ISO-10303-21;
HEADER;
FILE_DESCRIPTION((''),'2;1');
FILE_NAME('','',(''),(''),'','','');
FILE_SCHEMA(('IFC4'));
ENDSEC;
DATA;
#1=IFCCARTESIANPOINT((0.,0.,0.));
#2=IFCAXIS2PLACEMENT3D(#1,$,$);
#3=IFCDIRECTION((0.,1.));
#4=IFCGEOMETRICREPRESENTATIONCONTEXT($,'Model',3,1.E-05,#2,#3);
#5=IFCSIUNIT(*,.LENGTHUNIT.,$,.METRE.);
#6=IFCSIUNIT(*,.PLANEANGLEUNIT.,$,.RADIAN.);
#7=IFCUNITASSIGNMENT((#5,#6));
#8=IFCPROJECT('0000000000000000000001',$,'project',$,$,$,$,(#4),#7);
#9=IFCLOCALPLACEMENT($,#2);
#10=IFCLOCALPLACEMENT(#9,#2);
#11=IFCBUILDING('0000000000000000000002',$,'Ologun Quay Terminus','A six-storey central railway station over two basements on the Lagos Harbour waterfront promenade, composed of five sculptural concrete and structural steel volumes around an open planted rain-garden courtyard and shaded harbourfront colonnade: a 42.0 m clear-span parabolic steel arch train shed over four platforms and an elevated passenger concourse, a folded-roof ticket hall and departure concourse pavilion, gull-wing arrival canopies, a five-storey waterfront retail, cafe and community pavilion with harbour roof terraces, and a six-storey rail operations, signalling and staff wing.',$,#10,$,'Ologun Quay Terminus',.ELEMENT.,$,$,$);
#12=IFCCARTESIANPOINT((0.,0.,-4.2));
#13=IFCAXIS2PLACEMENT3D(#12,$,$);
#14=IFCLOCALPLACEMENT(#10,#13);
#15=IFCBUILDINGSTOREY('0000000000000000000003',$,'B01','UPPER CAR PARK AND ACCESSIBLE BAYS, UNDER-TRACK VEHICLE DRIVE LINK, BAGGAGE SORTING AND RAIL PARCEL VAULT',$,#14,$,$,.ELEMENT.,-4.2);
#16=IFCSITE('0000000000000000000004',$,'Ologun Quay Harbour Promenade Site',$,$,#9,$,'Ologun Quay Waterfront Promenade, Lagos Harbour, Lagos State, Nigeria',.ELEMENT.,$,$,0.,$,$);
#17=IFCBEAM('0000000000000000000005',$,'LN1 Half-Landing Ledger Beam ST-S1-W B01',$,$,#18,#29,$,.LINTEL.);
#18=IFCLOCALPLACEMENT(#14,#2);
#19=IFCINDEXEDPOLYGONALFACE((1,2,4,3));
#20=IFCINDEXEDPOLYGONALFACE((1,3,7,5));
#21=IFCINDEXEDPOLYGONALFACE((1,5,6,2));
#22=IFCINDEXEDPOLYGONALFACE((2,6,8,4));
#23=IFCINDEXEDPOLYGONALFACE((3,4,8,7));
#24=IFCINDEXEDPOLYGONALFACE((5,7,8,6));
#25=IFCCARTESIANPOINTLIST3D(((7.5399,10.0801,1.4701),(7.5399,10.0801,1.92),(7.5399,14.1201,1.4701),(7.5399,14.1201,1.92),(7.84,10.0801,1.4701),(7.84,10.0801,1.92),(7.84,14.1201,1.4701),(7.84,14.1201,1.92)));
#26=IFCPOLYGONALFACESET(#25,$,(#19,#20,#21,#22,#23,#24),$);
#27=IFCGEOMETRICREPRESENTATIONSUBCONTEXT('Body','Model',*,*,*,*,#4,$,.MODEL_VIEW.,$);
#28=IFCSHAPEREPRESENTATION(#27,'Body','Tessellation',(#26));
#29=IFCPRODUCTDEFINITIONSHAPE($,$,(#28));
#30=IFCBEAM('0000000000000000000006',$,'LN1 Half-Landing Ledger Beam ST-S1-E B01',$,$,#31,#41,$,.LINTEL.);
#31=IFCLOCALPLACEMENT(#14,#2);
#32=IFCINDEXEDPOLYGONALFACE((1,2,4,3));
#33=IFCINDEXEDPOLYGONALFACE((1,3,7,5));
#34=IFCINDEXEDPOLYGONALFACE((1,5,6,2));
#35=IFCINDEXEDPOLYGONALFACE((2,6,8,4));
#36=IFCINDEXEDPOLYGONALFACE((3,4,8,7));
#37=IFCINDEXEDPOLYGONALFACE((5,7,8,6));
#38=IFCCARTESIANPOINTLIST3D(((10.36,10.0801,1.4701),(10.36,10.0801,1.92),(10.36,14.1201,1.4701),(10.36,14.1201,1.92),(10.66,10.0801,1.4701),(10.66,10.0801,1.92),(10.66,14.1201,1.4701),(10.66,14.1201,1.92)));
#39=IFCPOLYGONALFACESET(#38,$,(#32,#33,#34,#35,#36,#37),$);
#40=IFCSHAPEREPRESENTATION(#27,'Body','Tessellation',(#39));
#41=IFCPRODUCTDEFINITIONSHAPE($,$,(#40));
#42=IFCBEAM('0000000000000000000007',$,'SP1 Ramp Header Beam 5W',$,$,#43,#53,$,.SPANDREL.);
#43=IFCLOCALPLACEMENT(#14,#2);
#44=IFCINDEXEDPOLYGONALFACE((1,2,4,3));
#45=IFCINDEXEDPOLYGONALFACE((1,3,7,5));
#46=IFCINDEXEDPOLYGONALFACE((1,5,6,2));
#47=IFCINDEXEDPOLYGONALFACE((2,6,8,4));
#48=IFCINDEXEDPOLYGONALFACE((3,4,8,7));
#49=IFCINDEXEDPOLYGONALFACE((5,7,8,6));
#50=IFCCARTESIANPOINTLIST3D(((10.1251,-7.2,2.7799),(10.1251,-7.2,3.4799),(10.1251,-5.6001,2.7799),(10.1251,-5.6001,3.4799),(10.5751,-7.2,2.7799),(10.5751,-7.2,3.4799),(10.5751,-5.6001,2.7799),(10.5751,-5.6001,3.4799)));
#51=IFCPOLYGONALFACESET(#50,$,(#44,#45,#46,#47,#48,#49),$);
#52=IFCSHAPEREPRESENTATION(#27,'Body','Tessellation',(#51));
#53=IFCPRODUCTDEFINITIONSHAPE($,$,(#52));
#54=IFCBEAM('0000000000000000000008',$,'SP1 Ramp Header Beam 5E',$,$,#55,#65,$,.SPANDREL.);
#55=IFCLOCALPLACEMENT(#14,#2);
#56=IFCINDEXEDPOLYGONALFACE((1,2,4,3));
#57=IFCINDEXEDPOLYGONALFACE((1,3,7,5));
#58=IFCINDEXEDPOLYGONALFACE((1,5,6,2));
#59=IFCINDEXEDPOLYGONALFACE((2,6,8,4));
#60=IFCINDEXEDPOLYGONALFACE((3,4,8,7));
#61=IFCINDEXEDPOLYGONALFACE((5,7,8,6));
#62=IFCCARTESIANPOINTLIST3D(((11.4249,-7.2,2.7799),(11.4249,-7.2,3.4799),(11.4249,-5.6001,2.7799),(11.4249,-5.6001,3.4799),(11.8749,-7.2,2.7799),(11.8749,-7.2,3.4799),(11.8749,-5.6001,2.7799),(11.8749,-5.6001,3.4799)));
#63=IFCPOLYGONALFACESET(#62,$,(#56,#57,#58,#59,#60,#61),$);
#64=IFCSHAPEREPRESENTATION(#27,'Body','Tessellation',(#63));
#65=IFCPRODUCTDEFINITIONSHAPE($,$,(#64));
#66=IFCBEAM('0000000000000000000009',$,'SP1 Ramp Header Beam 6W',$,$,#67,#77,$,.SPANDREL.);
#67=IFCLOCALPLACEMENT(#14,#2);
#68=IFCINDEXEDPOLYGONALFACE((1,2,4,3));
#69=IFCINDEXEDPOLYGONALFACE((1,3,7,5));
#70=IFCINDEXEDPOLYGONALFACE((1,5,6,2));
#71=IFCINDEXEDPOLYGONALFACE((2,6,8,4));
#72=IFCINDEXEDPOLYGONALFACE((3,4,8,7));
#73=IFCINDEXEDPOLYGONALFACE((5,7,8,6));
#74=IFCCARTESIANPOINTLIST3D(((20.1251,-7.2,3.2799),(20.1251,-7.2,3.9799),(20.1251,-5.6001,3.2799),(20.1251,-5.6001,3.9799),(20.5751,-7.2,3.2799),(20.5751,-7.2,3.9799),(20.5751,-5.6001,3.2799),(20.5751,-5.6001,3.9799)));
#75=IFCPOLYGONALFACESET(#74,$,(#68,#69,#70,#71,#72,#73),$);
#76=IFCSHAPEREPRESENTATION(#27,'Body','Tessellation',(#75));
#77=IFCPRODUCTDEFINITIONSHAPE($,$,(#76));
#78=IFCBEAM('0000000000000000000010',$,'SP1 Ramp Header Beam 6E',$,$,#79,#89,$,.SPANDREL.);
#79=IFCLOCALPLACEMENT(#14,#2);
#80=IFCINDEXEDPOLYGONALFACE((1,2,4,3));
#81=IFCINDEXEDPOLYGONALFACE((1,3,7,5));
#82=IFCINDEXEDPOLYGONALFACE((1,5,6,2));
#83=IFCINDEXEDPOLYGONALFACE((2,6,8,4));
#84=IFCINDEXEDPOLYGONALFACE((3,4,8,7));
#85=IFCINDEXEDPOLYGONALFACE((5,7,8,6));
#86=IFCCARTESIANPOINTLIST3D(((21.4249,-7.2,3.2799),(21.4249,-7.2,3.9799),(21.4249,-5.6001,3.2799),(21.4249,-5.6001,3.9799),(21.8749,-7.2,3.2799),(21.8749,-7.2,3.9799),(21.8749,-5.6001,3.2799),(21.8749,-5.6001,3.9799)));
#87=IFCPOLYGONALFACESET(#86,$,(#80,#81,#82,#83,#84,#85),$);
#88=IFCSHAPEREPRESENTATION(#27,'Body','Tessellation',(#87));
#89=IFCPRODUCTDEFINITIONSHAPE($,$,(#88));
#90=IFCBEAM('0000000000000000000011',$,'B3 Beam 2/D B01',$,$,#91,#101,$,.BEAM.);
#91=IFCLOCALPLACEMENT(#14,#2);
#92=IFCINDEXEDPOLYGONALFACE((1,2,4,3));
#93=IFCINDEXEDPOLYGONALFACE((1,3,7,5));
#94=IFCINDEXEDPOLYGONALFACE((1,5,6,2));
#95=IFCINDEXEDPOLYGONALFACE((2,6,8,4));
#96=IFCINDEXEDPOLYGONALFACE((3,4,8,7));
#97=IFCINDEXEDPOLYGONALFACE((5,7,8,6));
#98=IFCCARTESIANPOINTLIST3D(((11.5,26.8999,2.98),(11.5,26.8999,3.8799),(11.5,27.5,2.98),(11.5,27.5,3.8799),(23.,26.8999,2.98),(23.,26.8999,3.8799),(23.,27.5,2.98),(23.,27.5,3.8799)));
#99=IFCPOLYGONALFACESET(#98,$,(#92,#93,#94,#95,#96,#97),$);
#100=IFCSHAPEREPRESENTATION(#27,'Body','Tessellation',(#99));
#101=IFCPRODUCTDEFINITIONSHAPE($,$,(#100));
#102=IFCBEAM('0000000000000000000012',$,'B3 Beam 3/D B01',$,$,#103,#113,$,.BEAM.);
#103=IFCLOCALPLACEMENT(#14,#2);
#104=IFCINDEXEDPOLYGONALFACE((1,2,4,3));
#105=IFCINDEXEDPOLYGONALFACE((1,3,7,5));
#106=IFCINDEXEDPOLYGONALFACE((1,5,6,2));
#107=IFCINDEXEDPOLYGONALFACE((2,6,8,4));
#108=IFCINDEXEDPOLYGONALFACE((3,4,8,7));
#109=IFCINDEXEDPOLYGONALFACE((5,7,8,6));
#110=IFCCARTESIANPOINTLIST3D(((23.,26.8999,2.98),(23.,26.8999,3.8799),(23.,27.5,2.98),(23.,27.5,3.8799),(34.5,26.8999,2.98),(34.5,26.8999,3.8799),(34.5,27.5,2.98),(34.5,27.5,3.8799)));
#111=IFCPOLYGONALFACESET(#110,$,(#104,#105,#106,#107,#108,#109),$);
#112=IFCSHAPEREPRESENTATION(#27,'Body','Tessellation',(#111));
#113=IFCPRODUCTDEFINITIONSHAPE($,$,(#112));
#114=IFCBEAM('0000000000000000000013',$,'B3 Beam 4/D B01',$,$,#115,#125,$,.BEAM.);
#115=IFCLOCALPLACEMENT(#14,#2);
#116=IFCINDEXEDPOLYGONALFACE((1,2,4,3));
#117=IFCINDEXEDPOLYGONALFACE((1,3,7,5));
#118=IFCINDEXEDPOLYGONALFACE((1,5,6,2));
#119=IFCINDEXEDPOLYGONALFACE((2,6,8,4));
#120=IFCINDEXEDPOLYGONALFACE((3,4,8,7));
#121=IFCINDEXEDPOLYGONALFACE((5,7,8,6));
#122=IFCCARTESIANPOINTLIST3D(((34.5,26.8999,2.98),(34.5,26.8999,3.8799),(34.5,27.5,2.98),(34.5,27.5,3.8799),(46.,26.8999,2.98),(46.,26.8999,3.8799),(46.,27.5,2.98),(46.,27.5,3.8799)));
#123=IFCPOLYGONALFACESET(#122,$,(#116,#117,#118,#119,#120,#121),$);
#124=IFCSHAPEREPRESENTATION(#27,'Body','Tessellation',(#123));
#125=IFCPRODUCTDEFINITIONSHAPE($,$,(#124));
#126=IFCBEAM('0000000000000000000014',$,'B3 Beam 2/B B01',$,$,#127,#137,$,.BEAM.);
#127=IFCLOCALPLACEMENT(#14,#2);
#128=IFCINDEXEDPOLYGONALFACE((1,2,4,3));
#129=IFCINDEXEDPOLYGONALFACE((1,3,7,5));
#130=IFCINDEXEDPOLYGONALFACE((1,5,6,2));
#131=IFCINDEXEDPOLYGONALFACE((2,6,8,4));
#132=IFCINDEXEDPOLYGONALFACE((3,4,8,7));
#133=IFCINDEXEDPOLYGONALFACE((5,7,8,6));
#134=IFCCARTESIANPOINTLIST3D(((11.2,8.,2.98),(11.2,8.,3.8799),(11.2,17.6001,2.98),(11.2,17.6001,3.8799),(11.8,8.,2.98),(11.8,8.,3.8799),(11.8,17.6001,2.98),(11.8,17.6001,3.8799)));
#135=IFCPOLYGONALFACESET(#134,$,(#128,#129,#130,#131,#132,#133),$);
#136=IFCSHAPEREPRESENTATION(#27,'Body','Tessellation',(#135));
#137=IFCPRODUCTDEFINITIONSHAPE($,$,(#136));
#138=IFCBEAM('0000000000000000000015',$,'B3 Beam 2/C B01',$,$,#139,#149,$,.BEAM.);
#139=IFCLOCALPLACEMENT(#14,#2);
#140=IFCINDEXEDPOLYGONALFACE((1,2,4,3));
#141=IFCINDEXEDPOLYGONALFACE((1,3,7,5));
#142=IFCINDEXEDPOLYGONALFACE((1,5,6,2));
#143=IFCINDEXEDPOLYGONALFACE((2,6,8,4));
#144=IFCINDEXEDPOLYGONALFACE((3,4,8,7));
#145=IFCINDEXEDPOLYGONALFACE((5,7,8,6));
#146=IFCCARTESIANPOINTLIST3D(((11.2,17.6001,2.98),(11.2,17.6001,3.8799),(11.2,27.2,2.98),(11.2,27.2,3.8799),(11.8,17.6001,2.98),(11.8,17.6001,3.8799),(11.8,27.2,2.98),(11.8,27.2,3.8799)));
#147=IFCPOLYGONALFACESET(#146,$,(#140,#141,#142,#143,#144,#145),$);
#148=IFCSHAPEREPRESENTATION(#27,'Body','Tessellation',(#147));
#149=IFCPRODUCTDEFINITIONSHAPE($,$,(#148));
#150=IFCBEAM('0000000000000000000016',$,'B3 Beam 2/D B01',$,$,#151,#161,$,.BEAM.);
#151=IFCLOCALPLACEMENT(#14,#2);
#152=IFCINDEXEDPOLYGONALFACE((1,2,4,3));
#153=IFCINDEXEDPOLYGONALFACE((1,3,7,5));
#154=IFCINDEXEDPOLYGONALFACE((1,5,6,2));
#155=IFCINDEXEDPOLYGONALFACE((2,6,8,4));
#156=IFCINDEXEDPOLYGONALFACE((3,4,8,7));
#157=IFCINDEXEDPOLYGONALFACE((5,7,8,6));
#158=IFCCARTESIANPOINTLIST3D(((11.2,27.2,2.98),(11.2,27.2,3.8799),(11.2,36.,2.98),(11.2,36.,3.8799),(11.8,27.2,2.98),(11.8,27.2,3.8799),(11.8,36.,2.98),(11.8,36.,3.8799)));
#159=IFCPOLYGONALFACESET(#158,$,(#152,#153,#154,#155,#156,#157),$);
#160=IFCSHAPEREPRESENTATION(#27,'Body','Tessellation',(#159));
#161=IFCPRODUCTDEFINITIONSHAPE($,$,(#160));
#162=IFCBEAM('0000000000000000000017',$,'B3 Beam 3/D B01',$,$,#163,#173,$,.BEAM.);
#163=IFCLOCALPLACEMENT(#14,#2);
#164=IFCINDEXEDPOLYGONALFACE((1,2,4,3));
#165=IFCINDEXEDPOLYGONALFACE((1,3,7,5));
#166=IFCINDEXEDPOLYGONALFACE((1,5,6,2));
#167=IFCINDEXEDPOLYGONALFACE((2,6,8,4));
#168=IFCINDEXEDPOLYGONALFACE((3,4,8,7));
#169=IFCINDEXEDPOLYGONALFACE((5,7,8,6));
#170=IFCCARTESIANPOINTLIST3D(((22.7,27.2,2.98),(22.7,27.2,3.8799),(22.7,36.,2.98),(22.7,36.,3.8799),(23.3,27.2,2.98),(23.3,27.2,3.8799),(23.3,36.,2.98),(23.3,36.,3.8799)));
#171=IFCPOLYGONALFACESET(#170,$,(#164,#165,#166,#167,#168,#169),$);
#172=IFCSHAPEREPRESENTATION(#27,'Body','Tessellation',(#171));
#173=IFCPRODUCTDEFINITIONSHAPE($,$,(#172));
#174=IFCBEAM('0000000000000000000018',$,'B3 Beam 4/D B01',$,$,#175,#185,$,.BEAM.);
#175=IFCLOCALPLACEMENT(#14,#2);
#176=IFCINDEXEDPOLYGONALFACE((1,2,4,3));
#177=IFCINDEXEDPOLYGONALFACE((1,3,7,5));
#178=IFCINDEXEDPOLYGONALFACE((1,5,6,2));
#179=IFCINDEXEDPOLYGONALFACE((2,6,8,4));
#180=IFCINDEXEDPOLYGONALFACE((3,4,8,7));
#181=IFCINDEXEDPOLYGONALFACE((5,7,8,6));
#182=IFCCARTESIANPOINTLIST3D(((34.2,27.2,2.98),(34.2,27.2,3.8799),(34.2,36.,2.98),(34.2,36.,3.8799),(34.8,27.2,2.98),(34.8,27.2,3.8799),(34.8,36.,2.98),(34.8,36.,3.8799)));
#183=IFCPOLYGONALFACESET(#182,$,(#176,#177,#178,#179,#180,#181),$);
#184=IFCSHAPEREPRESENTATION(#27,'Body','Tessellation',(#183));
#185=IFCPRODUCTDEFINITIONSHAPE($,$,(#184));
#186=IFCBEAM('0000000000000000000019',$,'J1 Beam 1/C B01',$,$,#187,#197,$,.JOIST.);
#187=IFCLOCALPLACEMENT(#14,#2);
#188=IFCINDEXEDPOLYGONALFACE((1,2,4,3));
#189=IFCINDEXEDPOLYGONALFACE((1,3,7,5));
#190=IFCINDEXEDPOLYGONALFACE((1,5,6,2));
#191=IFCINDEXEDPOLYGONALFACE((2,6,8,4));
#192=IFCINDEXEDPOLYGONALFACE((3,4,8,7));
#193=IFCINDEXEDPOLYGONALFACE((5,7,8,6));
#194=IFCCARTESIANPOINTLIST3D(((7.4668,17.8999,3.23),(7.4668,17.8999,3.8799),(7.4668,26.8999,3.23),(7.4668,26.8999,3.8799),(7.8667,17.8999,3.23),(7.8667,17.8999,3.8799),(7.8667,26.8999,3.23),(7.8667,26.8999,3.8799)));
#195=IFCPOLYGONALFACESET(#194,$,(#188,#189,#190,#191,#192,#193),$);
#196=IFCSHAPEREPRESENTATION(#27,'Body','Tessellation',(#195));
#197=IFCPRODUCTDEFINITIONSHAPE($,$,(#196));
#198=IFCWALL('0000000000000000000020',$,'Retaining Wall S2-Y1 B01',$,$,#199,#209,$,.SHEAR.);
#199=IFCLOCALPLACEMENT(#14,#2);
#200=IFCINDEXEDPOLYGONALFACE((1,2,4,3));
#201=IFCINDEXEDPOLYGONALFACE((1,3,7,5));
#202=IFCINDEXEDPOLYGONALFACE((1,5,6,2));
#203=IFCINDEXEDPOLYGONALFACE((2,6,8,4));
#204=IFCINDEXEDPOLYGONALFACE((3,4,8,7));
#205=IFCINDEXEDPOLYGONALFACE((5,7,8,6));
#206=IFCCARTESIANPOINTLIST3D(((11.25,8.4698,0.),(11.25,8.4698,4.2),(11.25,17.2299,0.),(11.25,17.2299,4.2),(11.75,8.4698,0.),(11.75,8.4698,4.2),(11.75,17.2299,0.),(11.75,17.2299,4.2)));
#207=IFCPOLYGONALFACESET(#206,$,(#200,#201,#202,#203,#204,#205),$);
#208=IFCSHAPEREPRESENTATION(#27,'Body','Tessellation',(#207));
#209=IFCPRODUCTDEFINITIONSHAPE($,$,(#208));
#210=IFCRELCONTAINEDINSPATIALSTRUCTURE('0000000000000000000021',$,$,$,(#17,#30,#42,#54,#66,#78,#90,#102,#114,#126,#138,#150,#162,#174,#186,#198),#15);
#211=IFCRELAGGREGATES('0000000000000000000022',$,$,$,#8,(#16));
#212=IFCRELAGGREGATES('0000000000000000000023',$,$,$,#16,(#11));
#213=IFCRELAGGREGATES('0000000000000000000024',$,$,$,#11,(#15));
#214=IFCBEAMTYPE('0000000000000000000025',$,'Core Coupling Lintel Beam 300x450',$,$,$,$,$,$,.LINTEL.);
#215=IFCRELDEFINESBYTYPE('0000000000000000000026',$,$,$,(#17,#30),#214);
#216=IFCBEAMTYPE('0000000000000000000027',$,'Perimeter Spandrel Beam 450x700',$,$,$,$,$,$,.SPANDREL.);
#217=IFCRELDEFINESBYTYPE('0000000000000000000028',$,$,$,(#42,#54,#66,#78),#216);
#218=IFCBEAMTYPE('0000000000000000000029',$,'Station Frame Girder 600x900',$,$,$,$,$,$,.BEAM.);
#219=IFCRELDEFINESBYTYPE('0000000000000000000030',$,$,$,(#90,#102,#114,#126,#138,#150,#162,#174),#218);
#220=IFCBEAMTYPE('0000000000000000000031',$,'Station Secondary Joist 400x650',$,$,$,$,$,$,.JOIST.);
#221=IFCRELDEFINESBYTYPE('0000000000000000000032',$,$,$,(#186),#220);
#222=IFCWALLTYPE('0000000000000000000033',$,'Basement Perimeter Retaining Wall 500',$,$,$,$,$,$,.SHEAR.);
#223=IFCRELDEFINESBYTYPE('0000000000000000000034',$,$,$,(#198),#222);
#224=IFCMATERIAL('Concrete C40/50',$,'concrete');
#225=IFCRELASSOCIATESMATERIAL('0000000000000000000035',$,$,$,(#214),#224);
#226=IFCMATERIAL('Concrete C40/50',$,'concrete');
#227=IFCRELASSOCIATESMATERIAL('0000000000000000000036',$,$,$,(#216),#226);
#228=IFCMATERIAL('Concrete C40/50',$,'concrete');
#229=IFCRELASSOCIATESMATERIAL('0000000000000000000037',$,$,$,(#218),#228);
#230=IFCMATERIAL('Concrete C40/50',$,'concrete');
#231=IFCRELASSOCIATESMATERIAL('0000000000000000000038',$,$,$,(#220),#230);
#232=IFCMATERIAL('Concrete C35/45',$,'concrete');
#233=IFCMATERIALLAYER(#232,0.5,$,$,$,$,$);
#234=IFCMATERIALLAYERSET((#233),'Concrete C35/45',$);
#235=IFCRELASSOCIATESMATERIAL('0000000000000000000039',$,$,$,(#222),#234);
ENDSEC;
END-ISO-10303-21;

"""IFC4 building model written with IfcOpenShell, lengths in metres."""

from ifc_helpers import new_model, si_unit, direction, frame, frame_2d, origin, origin_2d, place, context, subcontext, project, spatial, rectangle, extrude, material, layer, layer_set, material_profile, profile_set, type_object, element, save


model = new_model("IFC4")

# Units and contexts
model_context = context("Model", 3, precision=1e-05, world=origin(), true_north=direction((0.0, 1.0)))
body_context = subcontext(model_context, "Body", "Model", "MODEL_VIEW")
ifc_project = project(units=[si_unit("LENGTHUNIT", "METRE"), si_unit("PLANEANGLEUNIT", "RADIAN")], contexts=[model_context])

# Site, building, storey
site_placement = place(None, origin())
site = spatial("IfcSite", under=ifc_project, at=site_placement, Name="Ologun Quay Harbour Promenade Site", LongName="Ologun Quay Waterfront Promenade, Lagos Harbour, Lagos State, Nigeria", CompositionType="ELEMENT", RefElevation=0.0)
building_placement = place(site_placement, origin())
building = spatial("IfcBuilding", under=site, at=building_placement, Name="Ologun Quay Terminus", Description="A six-storey central railway station over two basements on the Lagos Harbour waterfront promenade, composed of five sculptural concrete and structural steel volumes around an open planted rain-garden courtyard and shaded harbourfront colonnade: a 42.0 m clear-span parabolic steel arch train shed over four platforms and an elevated passenger concourse, a folded-roof ticket hall and departure concourse pavilion, gull-wing arrival canopies, a five-storey waterfront retail, cafe and community pavilion with harbour roof terraces, and a six-storey rail operations, signalling and staff wing.", LongName="Ologun Quay Terminus", CompositionType="ELEMENT")
storey_placement = place(building_placement, frame((0.0, 0.0, -4.2)))
storey = spatial("IfcBuildingStorey", under=building, at=storey_placement, Name="B01", Description="UPPER CAR PARK AND ACCESSIBLE BAYS, UNDER-TRACK VEHICLE DRIVE LINK, BAGGAGE SORTING AND RAIL PARCEL VAULT", CompositionType="ELEMENT", Elevation=-4.2)

# Beams
ifc_material_1 = material(Name="Concrete C40/50", Category="concrete")
ifc_material_profile_1 = material_profile(ifc_material_1, rectangle(XDim=0.3, YDim=0.45, at=origin_2d()), Name="RC 300x450")
ifc_profile_set_1 = profile_set([ifc_material_profile_1], Name="Concrete C40/50")
beam_type_1 = type_object("IfcBeamType", Name="Core Coupling Lintel Beam 300x450", PredefinedType="LINTEL", material=ifc_profile_set_1)
for number, where, z_axis, x_axis, name in (
    (1, (7.6899, 10.0801, 1.6951), (0.0, 1.0, 0.0), (-1.0, 0.0, 0.0), "LN1 Half-Landing Ledger Beam ST-S1-W B01"),
    (2, (10.51, 10.0801, 1.6951), (0.0, 1.0, 0.0), (-1.0, 0.0, 0.0), "LN1 Half-Landing Ledger Beam ST-S1-E B01"),
):
    element("IfcBeam", number, at=place(storey_placement, frame(where, z_axis=z_axis, x_axis=x_axis)), inside=storey, type_object=beam_type_1, Name=name, PredefinedType="LINTEL", context=body_context, shape_type="SweptSolid", body=[
        extrude(rectangle(XDim=0.3, YDim=0.45, at=origin_2d()), origin(), (0.0, 0.0, 1.0), 4.04),
    ])
ifc_material_2 = material(Name="Concrete C40/50", Category="concrete")
ifc_material_profile_2 = material_profile(ifc_material_2, rectangle(XDim=0.45, YDim=0.7, at=origin_2d()), Name="RC 450x700")
ifc_profile_set_2 = profile_set([ifc_material_profile_2], Name="Concrete C40/50")
beam_type_2 = type_object("IfcBeamType", Name="Perimeter Spandrel Beam 450x700", PredefinedType="SPANDREL", material=ifc_profile_set_2)
for number, where, z_axis, x_axis, name in (
    (3, (10.3501, -7.2, 3.1299), (0.0, 1.0, 0.0), (-1.0, 0.0, 0.0), "SP1 Ramp Header Beam 5W"),
    (4, (11.6499, -7.2, 3.1299), (0.0, 1.0, 0.0), (-1.0, 0.0, 0.0), "SP1 Ramp Header Beam 5E"),
    (5, (20.3501, -7.2, 3.6299), (0.0, 1.0, 0.0), (-1.0, 0.0, 0.0), "SP1 Ramp Header Beam 6W"),
    (6, (21.6499, -7.2, 3.6299), (0.0, 1.0, 0.0), (-1.0, 0.0, 0.0), "SP1 Ramp Header Beam 6E"),
):
    element("IfcBeam", number, at=place(storey_placement, frame(where, z_axis=z_axis, x_axis=x_axis)), inside=storey, type_object=beam_type_2, Name=name, PredefinedType="SPANDREL", context=body_context, shape_type="SweptSolid", body=[
        extrude(rectangle(XDim=0.45, YDim=0.7, at=origin_2d()), origin(), (0.0, 0.0, 1.0), 1.5999),
    ])
ifc_material_3 = material(Name="Concrete C40/50", Category="concrete")
ifc_material_profile_3 = material_profile(ifc_material_3, rectangle(XDim=0.6001, YDim=0.8999, at=origin_2d()), Name="RC 600x900")
ifc_profile_set_3 = profile_set([ifc_material_profile_3], Name="Concrete C40/50")
beam_type_3 = type_object("IfcBeamType", Name="Station Frame Girder 600x900", PredefinedType="BEAM", material=ifc_profile_set_3)
for number, where, z_axis, x_axis, name in (
    (7, (11.5, 27.2, 3.4299), (1.0, 0.0, 0.0), (0.0, 1.0, 0.0), "B3 Beam 2/D B01"),
    (8, (23.0, 27.2, 3.4299), (1.0, 0.0, 0.0), (0.0, 1.0, 0.0), "B3 Beam 3/D B01"),
    (9, (34.5, 27.2, 3.4299), (1.0, 0.0, 0.0), (0.0, 1.0, 0.0), "B3 Beam 4/D B01"),
):
    element("IfcBeam", number, at=place(storey_placement, frame(where, z_axis=z_axis, x_axis=x_axis)), inside=storey, type_object=beam_type_3, Name=name, PredefinedType="BEAM", context=body_context, shape_type="SweptSolid", body=[
        extrude(rectangle(XDim=0.6001, YDim=0.8999, at=origin_2d()), origin(), (0.0, 0.0, 1.0), 11.5),
    ])
beam_1_placement = place(storey_placement, frame((11.5, 8.0, 3.4299), z_axis=(0.0, 1.0, 0.0), x_axis=(-1.0, 0.0, 0.0)))
element("IfcBeam", 10, at=beam_1_placement, inside=storey, type_object=beam_type_3, Name="B3 Beam 2/B B01", PredefinedType="BEAM", context=body_context, shape_type="SweptSolid", body=[
    extrude(rectangle(XDim=0.6001, YDim=0.8999, at=origin_2d()), origin(), (0.0, 0.0, 1.0), 9.6001),
])
beam_2_placement = place(storey_placement, frame((11.5, 17.6001, 3.4299), z_axis=(0.0, 1.0, 0.0), x_axis=(-1.0, 0.0, 0.0)))
element("IfcBeam", 11, at=beam_2_placement, inside=storey, type_object=beam_type_3, Name="B3 Beam 2/C B01", PredefinedType="BEAM", context=body_context, shape_type="SweptSolid", body=[
    extrude(rectangle(XDim=0.6001, YDim=0.8999, at=origin_2d()), origin(), (0.0, 0.0, 1.0), 9.5999),
])
for number, where, z_axis, x_axis, name in (
    (12, (11.5, 27.2, 3.4299), (0.0, 1.0, 0.0), (-1.0, 0.0, 0.0), "B3 Beam 2/D B01"),
    (13, (23.0, 27.2, 3.4299), (0.0, 1.0, 0.0), (-1.0, 0.0, 0.0), "B3 Beam 3/D B01"),
    (14, (34.5, 27.2, 3.4299), (0.0, 1.0, 0.0), (-1.0, 0.0, 0.0), "B3 Beam 4/D B01"),
):
    element("IfcBeam", number, at=place(storey_placement, frame(where, z_axis=z_axis, x_axis=x_axis)), inside=storey, type_object=beam_type_3, Name=name, PredefinedType="BEAM", context=body_context, shape_type="SweptSolid", body=[
        extrude(rectangle(XDim=0.6001, YDim=0.8999, at=origin_2d()), origin(), (0.0, 0.0, 1.0), 8.8),
    ])
ifc_material_4 = material(Name="Concrete C40/50", Category="concrete")
ifc_material_profile_4 = material_profile(ifc_material_4, rectangle(XDim=0.3999, YDim=0.6499, at=origin_2d()), Name="RC 400x650")
ifc_profile_set_4 = profile_set([ifc_material_profile_4], Name="Concrete C40/50")
beam_type_4 = type_object("IfcBeamType", Name="Station Secondary Joist 400x650", PredefinedType="JOIST", material=ifc_profile_set_4)
beam_3_placement = place(storey_placement, frame((7.6667, 17.8999, 3.5549), z_axis=(0.0, 1.0, 0.0), x_axis=(-1.0, 0.0, 0.0)))
element("IfcBeam", 15, at=beam_3_placement, inside=storey, type_object=beam_type_4, Name="J1 Beam 1/C B01", PredefinedType="JOIST", context=body_context, shape_type="SweptSolid", body=[
    extrude(rectangle(XDim=0.3999, YDim=0.6499, at=origin_2d()), origin(), (0.0, 0.0, 1.0), 9.0),
])

# Wall
ifc_material_5 = material(Name="Concrete C35/45", Category="concrete")
ifc_layer_1 = layer(ifc_material_5, 0.5)
ifc_layer_set_1 = layer_set([ifc_layer_1], Name="Concrete C35/45")
wall_type_1 = type_object("IfcWallType", Name="Basement Perimeter Retaining Wall 500", PredefinedType="SHEAR", material=ifc_layer_set_1)
wall_1_placement = place(storey_placement, frame((11.5, 8.47, 0.0), z_axis=(0.0, 0.0, 1.0), x_axis=(0.0, 1.0, 0.0)))
element("IfcWall", 16, at=wall_1_placement, inside=storey, type_object=wall_type_1, Name="Retaining Wall S2-Y1 B01", PredefinedType="SHEAR", context=body_context, shape_type="SweptSolid", body=[
    extrude(rectangle(XDim=8.76, YDim=0.5, at=frame_2d((4.3799, 0.0))), origin(), (0.0, 0.0, 1.0), 4.2),
])

save(model, "model.ifc")
